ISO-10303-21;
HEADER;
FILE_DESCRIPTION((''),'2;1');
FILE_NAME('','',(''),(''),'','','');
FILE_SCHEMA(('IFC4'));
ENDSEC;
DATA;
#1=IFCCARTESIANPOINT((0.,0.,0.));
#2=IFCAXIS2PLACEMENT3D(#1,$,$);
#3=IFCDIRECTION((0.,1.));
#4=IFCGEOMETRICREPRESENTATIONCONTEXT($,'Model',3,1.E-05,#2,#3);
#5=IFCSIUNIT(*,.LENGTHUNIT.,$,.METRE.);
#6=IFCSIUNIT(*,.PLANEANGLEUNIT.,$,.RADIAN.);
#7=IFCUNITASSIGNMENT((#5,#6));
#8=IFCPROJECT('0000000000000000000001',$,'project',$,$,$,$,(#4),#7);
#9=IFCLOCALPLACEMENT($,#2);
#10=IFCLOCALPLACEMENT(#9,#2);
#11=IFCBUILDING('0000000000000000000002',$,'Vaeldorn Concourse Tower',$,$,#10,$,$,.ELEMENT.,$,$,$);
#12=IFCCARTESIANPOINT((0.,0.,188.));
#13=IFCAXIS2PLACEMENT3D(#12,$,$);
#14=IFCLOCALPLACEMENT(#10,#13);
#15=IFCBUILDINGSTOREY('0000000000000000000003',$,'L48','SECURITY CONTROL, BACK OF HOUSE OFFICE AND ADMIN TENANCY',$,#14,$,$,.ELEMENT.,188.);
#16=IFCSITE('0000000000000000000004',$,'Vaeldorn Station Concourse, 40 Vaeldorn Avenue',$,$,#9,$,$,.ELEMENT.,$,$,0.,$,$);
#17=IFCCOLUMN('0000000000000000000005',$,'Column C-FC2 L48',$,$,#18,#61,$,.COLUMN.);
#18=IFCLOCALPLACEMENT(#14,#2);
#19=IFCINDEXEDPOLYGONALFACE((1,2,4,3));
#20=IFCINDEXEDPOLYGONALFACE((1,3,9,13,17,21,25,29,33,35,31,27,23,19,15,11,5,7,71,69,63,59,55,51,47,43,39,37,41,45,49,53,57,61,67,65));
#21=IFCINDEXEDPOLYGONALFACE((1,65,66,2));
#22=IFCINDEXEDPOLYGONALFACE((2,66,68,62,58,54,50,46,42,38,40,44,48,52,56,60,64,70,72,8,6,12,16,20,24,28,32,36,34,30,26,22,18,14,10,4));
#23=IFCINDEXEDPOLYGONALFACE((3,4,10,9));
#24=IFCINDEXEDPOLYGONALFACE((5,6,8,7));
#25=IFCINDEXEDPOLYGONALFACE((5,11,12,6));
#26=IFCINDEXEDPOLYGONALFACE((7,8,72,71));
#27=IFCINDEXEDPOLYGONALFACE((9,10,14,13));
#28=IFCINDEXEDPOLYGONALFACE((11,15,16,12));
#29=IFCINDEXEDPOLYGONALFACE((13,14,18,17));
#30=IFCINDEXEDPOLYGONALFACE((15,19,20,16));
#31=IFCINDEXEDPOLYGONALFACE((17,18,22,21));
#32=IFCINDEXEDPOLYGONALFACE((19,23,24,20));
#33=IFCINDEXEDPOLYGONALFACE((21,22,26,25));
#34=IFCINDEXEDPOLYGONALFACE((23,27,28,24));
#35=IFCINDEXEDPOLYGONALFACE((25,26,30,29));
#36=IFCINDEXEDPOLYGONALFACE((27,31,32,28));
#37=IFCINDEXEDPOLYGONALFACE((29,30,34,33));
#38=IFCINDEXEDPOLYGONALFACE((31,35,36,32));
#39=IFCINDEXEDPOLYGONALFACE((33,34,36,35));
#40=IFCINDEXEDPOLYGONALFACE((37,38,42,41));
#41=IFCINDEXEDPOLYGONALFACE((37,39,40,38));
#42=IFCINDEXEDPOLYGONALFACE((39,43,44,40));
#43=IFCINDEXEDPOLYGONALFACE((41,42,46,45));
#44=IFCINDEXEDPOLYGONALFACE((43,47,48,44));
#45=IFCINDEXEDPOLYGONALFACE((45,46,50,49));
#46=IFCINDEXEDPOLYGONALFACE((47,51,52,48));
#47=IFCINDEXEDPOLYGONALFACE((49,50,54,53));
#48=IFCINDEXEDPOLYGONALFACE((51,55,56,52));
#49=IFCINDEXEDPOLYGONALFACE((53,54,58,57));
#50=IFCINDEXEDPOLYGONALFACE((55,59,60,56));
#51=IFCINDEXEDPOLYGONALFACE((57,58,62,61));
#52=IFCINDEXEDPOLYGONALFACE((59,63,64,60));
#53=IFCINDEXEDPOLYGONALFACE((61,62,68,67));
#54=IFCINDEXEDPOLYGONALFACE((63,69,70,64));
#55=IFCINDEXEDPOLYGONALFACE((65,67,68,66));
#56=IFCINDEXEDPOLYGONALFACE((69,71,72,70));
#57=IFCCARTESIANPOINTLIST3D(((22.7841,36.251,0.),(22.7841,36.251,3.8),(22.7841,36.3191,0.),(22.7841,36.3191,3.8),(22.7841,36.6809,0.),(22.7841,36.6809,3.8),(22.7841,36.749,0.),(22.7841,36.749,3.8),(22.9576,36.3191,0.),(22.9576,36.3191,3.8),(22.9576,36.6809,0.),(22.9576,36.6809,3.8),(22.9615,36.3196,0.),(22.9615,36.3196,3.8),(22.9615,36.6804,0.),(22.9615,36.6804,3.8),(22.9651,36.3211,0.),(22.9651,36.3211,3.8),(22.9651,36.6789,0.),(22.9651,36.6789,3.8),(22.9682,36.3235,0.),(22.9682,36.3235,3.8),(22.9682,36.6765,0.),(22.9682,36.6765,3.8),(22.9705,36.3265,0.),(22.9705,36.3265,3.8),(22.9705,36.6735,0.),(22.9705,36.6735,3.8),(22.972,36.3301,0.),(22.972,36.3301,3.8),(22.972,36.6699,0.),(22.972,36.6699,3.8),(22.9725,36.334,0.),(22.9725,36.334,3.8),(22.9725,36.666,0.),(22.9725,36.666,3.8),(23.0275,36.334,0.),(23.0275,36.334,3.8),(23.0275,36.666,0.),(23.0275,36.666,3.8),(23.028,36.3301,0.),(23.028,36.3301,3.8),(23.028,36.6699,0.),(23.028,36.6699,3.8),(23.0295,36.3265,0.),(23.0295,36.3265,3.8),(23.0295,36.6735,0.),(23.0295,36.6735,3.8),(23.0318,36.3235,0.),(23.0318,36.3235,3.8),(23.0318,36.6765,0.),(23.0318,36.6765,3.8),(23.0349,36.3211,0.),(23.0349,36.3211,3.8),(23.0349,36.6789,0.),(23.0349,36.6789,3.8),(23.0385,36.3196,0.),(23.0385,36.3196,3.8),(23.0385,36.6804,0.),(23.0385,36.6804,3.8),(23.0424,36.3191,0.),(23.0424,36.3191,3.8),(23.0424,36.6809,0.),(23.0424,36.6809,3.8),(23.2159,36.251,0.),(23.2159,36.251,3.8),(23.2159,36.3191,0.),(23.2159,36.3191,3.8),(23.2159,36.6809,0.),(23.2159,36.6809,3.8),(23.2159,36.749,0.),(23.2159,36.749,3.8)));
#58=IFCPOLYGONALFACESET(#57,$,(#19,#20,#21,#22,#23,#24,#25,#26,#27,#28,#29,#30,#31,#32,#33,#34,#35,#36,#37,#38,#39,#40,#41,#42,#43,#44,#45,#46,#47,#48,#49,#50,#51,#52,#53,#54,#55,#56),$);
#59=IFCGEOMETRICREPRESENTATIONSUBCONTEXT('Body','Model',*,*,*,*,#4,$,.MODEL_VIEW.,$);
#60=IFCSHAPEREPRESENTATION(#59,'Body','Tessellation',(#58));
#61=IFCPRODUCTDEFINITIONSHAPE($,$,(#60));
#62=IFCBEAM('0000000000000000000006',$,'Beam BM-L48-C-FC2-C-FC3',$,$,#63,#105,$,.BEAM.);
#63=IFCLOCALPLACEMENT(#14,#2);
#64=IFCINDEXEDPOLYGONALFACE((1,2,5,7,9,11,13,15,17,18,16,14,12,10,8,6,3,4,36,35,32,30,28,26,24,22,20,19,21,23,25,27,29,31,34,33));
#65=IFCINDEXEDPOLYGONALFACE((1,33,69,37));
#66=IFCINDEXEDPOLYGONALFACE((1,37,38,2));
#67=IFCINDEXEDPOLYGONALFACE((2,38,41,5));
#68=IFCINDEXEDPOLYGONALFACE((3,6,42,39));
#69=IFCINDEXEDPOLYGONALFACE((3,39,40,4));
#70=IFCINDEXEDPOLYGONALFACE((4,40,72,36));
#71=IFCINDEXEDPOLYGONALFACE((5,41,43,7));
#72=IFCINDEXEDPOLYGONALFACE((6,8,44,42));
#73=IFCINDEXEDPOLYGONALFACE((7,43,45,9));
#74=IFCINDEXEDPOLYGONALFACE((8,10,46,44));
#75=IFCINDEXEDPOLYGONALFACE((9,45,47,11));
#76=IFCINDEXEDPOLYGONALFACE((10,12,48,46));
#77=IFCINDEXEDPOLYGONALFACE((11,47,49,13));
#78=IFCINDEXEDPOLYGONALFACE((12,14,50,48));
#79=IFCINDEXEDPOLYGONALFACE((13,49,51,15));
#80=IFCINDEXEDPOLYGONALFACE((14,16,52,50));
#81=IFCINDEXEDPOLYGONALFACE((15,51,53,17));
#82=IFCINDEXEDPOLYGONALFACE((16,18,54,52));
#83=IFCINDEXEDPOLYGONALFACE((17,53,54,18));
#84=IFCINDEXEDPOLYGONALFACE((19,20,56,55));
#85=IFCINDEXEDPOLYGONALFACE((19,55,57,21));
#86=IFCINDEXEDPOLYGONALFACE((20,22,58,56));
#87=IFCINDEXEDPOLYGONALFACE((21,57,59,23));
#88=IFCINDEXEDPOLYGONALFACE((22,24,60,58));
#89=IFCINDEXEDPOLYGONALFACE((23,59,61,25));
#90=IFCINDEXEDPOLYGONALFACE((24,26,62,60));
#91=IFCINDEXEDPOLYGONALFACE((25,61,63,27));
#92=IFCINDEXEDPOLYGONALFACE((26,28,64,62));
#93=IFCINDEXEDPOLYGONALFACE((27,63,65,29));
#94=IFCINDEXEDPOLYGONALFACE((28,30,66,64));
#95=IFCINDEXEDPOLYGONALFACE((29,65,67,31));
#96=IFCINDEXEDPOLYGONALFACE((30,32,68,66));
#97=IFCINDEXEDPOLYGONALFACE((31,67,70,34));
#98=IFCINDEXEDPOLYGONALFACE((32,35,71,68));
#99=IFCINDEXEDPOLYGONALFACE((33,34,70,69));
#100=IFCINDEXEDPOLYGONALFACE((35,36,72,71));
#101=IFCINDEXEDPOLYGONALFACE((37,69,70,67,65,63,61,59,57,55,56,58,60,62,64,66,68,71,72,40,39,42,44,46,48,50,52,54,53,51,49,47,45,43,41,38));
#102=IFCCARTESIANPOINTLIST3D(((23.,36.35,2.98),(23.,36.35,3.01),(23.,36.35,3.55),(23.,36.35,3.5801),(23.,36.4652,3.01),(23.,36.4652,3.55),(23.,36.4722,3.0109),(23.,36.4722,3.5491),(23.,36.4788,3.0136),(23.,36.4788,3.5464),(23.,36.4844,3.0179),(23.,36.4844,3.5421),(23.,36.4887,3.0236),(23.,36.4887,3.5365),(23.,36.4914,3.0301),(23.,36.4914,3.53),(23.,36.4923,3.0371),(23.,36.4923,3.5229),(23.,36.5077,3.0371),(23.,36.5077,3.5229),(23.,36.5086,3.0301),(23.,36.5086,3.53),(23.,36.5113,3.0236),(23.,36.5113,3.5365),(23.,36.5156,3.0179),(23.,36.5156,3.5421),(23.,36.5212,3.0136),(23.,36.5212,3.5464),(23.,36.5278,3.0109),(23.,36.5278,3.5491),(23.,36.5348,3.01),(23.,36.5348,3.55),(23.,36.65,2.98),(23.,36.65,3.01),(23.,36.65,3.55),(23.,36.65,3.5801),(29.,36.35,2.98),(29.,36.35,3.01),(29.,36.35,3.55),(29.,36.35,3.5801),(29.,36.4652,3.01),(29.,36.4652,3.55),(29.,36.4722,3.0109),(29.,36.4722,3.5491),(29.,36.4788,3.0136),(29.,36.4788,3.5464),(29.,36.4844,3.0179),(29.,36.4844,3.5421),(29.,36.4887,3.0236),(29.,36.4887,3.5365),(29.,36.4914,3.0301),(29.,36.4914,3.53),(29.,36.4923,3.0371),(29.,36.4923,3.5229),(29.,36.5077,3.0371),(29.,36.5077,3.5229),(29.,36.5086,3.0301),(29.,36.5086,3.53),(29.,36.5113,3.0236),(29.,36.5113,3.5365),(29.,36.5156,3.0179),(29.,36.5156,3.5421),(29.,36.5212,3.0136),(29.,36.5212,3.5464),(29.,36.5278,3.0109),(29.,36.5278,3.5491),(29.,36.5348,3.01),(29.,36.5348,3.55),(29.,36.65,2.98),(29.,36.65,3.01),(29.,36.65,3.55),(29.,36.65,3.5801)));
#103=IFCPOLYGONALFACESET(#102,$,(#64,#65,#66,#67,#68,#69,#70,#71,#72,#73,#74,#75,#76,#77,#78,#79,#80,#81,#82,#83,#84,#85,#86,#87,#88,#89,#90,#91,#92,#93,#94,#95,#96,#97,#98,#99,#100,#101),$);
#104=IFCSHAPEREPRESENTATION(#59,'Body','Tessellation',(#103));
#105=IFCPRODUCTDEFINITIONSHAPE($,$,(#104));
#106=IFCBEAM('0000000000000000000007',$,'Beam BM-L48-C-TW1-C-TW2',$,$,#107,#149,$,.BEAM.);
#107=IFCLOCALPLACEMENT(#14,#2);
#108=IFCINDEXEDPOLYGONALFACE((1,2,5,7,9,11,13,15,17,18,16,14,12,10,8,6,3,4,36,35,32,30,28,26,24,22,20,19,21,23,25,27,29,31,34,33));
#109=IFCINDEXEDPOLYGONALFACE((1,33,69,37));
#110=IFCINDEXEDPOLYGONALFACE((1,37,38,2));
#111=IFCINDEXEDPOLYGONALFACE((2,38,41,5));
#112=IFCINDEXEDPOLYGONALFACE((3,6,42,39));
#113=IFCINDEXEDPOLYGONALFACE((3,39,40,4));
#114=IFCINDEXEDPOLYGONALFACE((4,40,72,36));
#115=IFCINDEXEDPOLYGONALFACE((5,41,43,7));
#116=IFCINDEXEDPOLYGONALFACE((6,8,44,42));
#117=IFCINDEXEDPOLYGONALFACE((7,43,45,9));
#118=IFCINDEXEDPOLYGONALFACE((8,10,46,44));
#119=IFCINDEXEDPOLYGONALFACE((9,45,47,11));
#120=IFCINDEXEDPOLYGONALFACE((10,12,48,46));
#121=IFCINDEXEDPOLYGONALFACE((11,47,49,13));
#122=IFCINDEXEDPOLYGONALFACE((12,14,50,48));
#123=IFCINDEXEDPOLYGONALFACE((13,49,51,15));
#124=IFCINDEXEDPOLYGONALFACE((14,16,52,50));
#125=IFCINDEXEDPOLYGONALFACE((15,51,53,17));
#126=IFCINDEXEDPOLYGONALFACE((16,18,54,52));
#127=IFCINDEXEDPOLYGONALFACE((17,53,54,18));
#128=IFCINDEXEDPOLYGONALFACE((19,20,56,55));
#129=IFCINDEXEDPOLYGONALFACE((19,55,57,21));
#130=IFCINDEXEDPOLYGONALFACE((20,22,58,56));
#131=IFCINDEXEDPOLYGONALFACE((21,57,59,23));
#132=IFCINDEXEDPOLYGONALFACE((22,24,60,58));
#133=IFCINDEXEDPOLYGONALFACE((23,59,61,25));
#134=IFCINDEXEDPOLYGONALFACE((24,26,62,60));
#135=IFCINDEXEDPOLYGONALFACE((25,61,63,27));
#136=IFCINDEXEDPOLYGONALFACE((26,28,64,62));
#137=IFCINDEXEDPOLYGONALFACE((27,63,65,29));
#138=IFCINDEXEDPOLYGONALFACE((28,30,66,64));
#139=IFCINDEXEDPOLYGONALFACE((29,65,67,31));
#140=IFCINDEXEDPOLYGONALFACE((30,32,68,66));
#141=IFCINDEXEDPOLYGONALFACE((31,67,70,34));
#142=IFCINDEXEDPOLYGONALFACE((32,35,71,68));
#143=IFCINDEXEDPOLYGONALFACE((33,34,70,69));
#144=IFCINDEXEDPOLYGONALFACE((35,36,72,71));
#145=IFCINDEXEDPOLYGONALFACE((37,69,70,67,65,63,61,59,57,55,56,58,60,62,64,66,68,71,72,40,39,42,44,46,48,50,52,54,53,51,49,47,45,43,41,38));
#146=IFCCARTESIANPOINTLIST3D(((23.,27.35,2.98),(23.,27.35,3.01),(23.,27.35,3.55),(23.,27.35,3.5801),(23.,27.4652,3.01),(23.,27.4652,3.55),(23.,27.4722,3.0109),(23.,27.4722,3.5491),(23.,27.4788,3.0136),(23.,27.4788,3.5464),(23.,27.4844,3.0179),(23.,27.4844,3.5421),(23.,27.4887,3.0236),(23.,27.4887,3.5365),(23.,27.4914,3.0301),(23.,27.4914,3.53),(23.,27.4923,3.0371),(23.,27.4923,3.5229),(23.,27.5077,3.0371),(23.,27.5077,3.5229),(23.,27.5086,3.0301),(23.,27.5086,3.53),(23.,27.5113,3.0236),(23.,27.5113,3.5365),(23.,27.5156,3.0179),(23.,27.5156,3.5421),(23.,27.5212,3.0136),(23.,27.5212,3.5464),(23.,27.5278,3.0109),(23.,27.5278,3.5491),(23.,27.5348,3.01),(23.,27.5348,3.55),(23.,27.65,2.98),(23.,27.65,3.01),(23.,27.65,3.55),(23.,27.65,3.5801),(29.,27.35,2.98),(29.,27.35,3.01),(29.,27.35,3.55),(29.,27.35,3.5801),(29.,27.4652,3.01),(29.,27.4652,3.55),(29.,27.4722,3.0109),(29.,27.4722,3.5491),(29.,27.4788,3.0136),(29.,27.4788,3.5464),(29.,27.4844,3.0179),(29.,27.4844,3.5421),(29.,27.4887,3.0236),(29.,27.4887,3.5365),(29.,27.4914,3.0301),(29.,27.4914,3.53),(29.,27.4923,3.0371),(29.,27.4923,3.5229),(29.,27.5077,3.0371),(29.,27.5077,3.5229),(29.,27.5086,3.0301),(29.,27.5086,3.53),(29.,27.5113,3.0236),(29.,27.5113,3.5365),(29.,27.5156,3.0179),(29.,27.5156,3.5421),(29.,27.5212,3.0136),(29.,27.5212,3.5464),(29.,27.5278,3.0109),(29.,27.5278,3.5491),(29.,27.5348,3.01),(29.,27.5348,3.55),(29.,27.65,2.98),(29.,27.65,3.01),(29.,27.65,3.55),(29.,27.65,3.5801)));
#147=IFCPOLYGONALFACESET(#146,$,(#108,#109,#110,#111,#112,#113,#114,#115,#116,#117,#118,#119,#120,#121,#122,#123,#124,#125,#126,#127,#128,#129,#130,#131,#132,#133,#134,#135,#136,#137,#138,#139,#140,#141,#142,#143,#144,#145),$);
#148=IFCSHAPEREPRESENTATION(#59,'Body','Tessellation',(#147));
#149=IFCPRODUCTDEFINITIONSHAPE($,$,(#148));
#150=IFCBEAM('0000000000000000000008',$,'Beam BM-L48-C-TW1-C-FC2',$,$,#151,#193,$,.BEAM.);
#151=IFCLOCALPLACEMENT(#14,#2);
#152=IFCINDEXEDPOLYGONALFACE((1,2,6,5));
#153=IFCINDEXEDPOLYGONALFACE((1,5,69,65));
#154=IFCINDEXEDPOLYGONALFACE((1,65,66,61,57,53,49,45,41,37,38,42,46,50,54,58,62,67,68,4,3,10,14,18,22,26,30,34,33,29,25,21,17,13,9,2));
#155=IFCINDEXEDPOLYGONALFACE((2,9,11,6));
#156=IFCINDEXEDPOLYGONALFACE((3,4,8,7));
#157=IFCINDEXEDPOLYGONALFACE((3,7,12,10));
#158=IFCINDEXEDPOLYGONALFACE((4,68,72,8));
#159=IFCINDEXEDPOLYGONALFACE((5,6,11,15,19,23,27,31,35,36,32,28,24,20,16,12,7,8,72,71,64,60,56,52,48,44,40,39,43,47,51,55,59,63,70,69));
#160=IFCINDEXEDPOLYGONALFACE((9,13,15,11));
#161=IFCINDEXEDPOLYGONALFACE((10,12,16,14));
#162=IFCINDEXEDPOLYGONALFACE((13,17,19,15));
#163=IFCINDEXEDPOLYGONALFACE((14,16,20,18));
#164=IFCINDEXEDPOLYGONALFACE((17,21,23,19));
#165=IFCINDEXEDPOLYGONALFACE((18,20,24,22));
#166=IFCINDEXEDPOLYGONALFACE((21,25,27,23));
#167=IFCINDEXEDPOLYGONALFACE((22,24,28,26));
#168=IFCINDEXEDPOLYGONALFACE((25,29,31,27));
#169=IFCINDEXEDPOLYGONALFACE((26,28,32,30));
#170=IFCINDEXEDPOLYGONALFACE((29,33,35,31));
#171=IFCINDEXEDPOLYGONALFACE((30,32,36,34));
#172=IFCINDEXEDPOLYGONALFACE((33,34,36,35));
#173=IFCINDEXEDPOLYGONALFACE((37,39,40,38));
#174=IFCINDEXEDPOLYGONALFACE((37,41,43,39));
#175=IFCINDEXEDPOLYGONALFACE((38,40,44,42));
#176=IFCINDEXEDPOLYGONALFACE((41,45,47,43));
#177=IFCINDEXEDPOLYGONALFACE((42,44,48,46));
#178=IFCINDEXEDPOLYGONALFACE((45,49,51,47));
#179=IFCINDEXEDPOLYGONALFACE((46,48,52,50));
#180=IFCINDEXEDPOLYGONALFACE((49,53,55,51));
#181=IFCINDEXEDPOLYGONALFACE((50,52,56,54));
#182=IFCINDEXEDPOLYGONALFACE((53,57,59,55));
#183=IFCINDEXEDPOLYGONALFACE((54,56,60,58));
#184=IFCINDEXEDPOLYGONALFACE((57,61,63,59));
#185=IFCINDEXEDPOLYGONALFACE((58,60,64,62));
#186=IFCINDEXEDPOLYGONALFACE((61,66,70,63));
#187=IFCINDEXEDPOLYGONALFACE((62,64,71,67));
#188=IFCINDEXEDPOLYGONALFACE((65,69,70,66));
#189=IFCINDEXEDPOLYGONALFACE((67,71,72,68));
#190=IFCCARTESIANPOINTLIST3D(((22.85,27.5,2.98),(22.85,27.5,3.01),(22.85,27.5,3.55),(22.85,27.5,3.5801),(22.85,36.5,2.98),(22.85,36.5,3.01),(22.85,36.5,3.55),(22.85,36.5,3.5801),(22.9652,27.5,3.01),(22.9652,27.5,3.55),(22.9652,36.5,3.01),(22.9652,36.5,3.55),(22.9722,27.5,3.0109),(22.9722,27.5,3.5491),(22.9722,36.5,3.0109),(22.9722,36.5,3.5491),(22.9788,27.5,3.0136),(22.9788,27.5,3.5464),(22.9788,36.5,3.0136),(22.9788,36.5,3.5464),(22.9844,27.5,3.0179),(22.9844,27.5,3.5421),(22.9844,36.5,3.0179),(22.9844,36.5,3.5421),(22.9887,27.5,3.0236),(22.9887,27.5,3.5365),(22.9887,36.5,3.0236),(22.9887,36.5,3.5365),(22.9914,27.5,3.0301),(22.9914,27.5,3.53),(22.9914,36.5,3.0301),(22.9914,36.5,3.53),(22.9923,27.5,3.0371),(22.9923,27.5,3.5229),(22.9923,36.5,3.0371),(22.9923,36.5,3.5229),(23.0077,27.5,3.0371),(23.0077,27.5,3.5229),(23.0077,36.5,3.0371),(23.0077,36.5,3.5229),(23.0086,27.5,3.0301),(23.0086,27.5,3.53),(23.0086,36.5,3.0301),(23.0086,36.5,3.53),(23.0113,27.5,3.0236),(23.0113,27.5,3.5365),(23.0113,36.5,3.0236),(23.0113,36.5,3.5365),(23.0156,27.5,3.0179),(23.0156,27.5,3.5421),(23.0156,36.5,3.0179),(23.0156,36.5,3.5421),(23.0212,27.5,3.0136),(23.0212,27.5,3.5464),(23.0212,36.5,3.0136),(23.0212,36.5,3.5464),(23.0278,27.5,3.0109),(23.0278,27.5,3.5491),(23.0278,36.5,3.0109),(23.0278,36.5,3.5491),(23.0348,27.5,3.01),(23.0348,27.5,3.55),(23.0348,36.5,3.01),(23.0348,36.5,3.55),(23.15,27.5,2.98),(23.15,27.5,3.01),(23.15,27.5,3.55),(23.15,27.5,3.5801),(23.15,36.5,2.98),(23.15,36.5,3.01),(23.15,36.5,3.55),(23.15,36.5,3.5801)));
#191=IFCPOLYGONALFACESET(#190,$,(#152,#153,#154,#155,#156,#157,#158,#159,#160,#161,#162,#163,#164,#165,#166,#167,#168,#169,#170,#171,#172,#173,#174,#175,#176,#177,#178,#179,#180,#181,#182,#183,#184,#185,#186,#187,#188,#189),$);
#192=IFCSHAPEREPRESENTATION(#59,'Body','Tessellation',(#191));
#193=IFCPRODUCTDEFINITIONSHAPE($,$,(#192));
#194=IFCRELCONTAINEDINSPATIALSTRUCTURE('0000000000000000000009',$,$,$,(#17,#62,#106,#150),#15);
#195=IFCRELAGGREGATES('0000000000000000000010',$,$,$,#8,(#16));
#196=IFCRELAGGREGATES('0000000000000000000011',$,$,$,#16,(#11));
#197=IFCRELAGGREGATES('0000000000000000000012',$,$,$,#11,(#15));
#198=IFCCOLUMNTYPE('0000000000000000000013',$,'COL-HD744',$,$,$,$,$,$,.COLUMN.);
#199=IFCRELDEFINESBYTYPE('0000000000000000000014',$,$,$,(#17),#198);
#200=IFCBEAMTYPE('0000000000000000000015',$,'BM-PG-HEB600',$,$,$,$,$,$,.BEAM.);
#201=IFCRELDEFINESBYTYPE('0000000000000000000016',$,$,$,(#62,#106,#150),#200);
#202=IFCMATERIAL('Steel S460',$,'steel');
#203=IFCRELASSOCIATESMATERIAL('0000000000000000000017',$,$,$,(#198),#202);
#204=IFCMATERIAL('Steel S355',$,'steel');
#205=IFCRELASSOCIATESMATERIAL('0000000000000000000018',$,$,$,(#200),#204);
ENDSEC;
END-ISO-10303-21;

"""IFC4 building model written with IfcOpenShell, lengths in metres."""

from ifc_helpers import new_model, si_unit, direction, frame, origin, origin_2d, place, context, subcontext, project, spatial, i_section, extrude, source, transform, mapped, material, material_profile, profile_set, type_object, element, save


model = new_model("IFC4")

# Units and contexts
model_context = context("Model", 3, precision=1e-05, world=origin(), true_north=direction((0.0, 1.0)))
body_context = subcontext(model_context, "Body", "Model", "MODEL_VIEW")
ifc_project = project(units=[si_unit("LENGTHUNIT", "METRE"), si_unit("PLANEANGLEUNIT", "RADIAN")], contexts=[model_context])

# Site, building, storey
site_placement = place(None, origin())
site = spatial("IfcSite", under=ifc_project, at=site_placement, Name="Vaeldorn Station Concourse, 40 Vaeldorn Avenue", CompositionType="ELEMENT", RefElevation=0.0)
building_placement = place(site_placement, origin())
building = spatial("IfcBuilding", under=site, at=building_placement, Name="Vaeldorn Concourse Tower", CompositionType="ELEMENT")
storey_placement = place(building_placement, frame((0.0, 0.0, 188.0)))
storey = spatial("IfcBuildingStorey", under=building, at=storey_placement, Name="L48", Description="SECURITY CONTROL, BACK OF HOUSE OFFICE AND ADMIN TENANCY", CompositionType="ELEMENT", Elevation=188.0)

# Column
ifc_material_1 = material(Name="Steel S460", Category="steel")
ifc_material_profile_1 = material_profile(ifc_material_1, i_section(OverallWidth=0.4319, OverallDepth=0.498, WebThickness=0.0549, FlangeThickness=0.0681, FilletRadius=0.0149, at=origin_2d()), Name="HD 400x744")
ifc_profile_set_1 = profile_set([ifc_material_profile_1], Name="Steel S460")
column_type = type_object("IfcColumnType", Name="COL-HD744", PredefinedType="COLUMN", material=ifc_profile_set_1)
shared_shape_1 = source(origin(), body_context, "Body", "SweptSolid", [
    extrude(i_section(OverallWidth=0.4319, OverallDepth=0.498, WebThickness=0.0549, FlangeThickness=0.0681, FilletRadius=0.0149, at=origin_2d()), origin(), (0.0, 0.0, 1.0), 3.8),
])
column_placement = place(storey_placement, frame((23.0, 36.5, 0.0), z_axis=(0.0, 0.0, 1.0), x_axis=(1.0, 0.0, 0.0)))
element("IfcColumn", 1, at=column_placement, inside=storey, type_object=column_type, Name="Column C-FC2 L48", PredefinedType="COLUMN", context=body_context, shape_type="MappedRepresentation", body=[
    mapped(shared_shape_1, transform((0.0, 0.0, 0.0), scale=1.0)),
])

# Beams
ifc_material_2 = material(Name="Steel S355", Category="steel")
ifc_material_profile_2 = material_profile(ifc_material_2, i_section(OverallWidth=0.3, OverallDepth=0.6001, WebThickness=0.0154, FlangeThickness=0.03, FilletRadius=0.0271, at=origin_2d()), Name="HEB 600")
ifc_profile_set_2 = profile_set([ifc_material_profile_2], Name="Steel S355")
beam_type = type_object("IfcBeamType", Name="BM-PG-HEB600", PredefinedType="BEAM", material=ifc_profile_set_2)
shared_shape_2 = source(origin(), body_context, "Body", "SweptSolid", [
    extrude(i_section(OverallWidth=0.3, OverallDepth=0.6001, WebThickness=0.0154, FlangeThickness=0.03, FilletRadius=0.0271, at=origin_2d()), origin(), (0.0, 0.0, 1.0), 6.0),
])
for number, where, z_axis, x_axis, name in (
    (2, (23.0, 36.5, 3.28), (1.0, 0.0, 0.0), (0.0, 1.0, 0.0), "Beam BM-L48-C-FC2-C-FC3"),
    (3, (23.0, 27.5, 3.28), (1.0, 0.0, 0.0), (0.0, 1.0, 0.0), "Beam BM-L48-C-TW1-C-TW2"),
):
    element("IfcBeam", number, at=place(storey_placement, frame(where, z_axis=z_axis, x_axis=x_axis)), inside=storey, type_object=beam_type, Name=name, PredefinedType="BEAM", context=body_context, shape_type="MappedRepresentation", body=[
        mapped(shared_shape_2, transform((0.0, 0.0, 0.0), scale=1.0)),
    ])
shared_shape_3 = source(origin(), body_context, "Body", "SweptSolid", [
    extrude(i_section(OverallWidth=0.3, OverallDepth=0.6001, WebThickness=0.0154, FlangeThickness=0.03, FilletRadius=0.0271, at=origin_2d()), origin(), (0.0, 0.0, 1.0), 9.0),
])
beam_1_placement = place(storey_placement, frame((23.0, 27.5, 3.28), z_axis=(0.0, 1.0, 0.0), x_axis=(-1.0, 0.0, 0.0)))
element("IfcBeam", 4, at=beam_1_placement, inside=storey, type_object=beam_type, Name="Beam BM-L48-C-TW1-C-FC2", PredefinedType="BEAM", context=body_context, shape_type="MappedRepresentation", body=[
    mapped(shared_shape_3, transform((0.0, 0.0, 0.0), scale=1.0)),
])

save(model, "model.ifc")
